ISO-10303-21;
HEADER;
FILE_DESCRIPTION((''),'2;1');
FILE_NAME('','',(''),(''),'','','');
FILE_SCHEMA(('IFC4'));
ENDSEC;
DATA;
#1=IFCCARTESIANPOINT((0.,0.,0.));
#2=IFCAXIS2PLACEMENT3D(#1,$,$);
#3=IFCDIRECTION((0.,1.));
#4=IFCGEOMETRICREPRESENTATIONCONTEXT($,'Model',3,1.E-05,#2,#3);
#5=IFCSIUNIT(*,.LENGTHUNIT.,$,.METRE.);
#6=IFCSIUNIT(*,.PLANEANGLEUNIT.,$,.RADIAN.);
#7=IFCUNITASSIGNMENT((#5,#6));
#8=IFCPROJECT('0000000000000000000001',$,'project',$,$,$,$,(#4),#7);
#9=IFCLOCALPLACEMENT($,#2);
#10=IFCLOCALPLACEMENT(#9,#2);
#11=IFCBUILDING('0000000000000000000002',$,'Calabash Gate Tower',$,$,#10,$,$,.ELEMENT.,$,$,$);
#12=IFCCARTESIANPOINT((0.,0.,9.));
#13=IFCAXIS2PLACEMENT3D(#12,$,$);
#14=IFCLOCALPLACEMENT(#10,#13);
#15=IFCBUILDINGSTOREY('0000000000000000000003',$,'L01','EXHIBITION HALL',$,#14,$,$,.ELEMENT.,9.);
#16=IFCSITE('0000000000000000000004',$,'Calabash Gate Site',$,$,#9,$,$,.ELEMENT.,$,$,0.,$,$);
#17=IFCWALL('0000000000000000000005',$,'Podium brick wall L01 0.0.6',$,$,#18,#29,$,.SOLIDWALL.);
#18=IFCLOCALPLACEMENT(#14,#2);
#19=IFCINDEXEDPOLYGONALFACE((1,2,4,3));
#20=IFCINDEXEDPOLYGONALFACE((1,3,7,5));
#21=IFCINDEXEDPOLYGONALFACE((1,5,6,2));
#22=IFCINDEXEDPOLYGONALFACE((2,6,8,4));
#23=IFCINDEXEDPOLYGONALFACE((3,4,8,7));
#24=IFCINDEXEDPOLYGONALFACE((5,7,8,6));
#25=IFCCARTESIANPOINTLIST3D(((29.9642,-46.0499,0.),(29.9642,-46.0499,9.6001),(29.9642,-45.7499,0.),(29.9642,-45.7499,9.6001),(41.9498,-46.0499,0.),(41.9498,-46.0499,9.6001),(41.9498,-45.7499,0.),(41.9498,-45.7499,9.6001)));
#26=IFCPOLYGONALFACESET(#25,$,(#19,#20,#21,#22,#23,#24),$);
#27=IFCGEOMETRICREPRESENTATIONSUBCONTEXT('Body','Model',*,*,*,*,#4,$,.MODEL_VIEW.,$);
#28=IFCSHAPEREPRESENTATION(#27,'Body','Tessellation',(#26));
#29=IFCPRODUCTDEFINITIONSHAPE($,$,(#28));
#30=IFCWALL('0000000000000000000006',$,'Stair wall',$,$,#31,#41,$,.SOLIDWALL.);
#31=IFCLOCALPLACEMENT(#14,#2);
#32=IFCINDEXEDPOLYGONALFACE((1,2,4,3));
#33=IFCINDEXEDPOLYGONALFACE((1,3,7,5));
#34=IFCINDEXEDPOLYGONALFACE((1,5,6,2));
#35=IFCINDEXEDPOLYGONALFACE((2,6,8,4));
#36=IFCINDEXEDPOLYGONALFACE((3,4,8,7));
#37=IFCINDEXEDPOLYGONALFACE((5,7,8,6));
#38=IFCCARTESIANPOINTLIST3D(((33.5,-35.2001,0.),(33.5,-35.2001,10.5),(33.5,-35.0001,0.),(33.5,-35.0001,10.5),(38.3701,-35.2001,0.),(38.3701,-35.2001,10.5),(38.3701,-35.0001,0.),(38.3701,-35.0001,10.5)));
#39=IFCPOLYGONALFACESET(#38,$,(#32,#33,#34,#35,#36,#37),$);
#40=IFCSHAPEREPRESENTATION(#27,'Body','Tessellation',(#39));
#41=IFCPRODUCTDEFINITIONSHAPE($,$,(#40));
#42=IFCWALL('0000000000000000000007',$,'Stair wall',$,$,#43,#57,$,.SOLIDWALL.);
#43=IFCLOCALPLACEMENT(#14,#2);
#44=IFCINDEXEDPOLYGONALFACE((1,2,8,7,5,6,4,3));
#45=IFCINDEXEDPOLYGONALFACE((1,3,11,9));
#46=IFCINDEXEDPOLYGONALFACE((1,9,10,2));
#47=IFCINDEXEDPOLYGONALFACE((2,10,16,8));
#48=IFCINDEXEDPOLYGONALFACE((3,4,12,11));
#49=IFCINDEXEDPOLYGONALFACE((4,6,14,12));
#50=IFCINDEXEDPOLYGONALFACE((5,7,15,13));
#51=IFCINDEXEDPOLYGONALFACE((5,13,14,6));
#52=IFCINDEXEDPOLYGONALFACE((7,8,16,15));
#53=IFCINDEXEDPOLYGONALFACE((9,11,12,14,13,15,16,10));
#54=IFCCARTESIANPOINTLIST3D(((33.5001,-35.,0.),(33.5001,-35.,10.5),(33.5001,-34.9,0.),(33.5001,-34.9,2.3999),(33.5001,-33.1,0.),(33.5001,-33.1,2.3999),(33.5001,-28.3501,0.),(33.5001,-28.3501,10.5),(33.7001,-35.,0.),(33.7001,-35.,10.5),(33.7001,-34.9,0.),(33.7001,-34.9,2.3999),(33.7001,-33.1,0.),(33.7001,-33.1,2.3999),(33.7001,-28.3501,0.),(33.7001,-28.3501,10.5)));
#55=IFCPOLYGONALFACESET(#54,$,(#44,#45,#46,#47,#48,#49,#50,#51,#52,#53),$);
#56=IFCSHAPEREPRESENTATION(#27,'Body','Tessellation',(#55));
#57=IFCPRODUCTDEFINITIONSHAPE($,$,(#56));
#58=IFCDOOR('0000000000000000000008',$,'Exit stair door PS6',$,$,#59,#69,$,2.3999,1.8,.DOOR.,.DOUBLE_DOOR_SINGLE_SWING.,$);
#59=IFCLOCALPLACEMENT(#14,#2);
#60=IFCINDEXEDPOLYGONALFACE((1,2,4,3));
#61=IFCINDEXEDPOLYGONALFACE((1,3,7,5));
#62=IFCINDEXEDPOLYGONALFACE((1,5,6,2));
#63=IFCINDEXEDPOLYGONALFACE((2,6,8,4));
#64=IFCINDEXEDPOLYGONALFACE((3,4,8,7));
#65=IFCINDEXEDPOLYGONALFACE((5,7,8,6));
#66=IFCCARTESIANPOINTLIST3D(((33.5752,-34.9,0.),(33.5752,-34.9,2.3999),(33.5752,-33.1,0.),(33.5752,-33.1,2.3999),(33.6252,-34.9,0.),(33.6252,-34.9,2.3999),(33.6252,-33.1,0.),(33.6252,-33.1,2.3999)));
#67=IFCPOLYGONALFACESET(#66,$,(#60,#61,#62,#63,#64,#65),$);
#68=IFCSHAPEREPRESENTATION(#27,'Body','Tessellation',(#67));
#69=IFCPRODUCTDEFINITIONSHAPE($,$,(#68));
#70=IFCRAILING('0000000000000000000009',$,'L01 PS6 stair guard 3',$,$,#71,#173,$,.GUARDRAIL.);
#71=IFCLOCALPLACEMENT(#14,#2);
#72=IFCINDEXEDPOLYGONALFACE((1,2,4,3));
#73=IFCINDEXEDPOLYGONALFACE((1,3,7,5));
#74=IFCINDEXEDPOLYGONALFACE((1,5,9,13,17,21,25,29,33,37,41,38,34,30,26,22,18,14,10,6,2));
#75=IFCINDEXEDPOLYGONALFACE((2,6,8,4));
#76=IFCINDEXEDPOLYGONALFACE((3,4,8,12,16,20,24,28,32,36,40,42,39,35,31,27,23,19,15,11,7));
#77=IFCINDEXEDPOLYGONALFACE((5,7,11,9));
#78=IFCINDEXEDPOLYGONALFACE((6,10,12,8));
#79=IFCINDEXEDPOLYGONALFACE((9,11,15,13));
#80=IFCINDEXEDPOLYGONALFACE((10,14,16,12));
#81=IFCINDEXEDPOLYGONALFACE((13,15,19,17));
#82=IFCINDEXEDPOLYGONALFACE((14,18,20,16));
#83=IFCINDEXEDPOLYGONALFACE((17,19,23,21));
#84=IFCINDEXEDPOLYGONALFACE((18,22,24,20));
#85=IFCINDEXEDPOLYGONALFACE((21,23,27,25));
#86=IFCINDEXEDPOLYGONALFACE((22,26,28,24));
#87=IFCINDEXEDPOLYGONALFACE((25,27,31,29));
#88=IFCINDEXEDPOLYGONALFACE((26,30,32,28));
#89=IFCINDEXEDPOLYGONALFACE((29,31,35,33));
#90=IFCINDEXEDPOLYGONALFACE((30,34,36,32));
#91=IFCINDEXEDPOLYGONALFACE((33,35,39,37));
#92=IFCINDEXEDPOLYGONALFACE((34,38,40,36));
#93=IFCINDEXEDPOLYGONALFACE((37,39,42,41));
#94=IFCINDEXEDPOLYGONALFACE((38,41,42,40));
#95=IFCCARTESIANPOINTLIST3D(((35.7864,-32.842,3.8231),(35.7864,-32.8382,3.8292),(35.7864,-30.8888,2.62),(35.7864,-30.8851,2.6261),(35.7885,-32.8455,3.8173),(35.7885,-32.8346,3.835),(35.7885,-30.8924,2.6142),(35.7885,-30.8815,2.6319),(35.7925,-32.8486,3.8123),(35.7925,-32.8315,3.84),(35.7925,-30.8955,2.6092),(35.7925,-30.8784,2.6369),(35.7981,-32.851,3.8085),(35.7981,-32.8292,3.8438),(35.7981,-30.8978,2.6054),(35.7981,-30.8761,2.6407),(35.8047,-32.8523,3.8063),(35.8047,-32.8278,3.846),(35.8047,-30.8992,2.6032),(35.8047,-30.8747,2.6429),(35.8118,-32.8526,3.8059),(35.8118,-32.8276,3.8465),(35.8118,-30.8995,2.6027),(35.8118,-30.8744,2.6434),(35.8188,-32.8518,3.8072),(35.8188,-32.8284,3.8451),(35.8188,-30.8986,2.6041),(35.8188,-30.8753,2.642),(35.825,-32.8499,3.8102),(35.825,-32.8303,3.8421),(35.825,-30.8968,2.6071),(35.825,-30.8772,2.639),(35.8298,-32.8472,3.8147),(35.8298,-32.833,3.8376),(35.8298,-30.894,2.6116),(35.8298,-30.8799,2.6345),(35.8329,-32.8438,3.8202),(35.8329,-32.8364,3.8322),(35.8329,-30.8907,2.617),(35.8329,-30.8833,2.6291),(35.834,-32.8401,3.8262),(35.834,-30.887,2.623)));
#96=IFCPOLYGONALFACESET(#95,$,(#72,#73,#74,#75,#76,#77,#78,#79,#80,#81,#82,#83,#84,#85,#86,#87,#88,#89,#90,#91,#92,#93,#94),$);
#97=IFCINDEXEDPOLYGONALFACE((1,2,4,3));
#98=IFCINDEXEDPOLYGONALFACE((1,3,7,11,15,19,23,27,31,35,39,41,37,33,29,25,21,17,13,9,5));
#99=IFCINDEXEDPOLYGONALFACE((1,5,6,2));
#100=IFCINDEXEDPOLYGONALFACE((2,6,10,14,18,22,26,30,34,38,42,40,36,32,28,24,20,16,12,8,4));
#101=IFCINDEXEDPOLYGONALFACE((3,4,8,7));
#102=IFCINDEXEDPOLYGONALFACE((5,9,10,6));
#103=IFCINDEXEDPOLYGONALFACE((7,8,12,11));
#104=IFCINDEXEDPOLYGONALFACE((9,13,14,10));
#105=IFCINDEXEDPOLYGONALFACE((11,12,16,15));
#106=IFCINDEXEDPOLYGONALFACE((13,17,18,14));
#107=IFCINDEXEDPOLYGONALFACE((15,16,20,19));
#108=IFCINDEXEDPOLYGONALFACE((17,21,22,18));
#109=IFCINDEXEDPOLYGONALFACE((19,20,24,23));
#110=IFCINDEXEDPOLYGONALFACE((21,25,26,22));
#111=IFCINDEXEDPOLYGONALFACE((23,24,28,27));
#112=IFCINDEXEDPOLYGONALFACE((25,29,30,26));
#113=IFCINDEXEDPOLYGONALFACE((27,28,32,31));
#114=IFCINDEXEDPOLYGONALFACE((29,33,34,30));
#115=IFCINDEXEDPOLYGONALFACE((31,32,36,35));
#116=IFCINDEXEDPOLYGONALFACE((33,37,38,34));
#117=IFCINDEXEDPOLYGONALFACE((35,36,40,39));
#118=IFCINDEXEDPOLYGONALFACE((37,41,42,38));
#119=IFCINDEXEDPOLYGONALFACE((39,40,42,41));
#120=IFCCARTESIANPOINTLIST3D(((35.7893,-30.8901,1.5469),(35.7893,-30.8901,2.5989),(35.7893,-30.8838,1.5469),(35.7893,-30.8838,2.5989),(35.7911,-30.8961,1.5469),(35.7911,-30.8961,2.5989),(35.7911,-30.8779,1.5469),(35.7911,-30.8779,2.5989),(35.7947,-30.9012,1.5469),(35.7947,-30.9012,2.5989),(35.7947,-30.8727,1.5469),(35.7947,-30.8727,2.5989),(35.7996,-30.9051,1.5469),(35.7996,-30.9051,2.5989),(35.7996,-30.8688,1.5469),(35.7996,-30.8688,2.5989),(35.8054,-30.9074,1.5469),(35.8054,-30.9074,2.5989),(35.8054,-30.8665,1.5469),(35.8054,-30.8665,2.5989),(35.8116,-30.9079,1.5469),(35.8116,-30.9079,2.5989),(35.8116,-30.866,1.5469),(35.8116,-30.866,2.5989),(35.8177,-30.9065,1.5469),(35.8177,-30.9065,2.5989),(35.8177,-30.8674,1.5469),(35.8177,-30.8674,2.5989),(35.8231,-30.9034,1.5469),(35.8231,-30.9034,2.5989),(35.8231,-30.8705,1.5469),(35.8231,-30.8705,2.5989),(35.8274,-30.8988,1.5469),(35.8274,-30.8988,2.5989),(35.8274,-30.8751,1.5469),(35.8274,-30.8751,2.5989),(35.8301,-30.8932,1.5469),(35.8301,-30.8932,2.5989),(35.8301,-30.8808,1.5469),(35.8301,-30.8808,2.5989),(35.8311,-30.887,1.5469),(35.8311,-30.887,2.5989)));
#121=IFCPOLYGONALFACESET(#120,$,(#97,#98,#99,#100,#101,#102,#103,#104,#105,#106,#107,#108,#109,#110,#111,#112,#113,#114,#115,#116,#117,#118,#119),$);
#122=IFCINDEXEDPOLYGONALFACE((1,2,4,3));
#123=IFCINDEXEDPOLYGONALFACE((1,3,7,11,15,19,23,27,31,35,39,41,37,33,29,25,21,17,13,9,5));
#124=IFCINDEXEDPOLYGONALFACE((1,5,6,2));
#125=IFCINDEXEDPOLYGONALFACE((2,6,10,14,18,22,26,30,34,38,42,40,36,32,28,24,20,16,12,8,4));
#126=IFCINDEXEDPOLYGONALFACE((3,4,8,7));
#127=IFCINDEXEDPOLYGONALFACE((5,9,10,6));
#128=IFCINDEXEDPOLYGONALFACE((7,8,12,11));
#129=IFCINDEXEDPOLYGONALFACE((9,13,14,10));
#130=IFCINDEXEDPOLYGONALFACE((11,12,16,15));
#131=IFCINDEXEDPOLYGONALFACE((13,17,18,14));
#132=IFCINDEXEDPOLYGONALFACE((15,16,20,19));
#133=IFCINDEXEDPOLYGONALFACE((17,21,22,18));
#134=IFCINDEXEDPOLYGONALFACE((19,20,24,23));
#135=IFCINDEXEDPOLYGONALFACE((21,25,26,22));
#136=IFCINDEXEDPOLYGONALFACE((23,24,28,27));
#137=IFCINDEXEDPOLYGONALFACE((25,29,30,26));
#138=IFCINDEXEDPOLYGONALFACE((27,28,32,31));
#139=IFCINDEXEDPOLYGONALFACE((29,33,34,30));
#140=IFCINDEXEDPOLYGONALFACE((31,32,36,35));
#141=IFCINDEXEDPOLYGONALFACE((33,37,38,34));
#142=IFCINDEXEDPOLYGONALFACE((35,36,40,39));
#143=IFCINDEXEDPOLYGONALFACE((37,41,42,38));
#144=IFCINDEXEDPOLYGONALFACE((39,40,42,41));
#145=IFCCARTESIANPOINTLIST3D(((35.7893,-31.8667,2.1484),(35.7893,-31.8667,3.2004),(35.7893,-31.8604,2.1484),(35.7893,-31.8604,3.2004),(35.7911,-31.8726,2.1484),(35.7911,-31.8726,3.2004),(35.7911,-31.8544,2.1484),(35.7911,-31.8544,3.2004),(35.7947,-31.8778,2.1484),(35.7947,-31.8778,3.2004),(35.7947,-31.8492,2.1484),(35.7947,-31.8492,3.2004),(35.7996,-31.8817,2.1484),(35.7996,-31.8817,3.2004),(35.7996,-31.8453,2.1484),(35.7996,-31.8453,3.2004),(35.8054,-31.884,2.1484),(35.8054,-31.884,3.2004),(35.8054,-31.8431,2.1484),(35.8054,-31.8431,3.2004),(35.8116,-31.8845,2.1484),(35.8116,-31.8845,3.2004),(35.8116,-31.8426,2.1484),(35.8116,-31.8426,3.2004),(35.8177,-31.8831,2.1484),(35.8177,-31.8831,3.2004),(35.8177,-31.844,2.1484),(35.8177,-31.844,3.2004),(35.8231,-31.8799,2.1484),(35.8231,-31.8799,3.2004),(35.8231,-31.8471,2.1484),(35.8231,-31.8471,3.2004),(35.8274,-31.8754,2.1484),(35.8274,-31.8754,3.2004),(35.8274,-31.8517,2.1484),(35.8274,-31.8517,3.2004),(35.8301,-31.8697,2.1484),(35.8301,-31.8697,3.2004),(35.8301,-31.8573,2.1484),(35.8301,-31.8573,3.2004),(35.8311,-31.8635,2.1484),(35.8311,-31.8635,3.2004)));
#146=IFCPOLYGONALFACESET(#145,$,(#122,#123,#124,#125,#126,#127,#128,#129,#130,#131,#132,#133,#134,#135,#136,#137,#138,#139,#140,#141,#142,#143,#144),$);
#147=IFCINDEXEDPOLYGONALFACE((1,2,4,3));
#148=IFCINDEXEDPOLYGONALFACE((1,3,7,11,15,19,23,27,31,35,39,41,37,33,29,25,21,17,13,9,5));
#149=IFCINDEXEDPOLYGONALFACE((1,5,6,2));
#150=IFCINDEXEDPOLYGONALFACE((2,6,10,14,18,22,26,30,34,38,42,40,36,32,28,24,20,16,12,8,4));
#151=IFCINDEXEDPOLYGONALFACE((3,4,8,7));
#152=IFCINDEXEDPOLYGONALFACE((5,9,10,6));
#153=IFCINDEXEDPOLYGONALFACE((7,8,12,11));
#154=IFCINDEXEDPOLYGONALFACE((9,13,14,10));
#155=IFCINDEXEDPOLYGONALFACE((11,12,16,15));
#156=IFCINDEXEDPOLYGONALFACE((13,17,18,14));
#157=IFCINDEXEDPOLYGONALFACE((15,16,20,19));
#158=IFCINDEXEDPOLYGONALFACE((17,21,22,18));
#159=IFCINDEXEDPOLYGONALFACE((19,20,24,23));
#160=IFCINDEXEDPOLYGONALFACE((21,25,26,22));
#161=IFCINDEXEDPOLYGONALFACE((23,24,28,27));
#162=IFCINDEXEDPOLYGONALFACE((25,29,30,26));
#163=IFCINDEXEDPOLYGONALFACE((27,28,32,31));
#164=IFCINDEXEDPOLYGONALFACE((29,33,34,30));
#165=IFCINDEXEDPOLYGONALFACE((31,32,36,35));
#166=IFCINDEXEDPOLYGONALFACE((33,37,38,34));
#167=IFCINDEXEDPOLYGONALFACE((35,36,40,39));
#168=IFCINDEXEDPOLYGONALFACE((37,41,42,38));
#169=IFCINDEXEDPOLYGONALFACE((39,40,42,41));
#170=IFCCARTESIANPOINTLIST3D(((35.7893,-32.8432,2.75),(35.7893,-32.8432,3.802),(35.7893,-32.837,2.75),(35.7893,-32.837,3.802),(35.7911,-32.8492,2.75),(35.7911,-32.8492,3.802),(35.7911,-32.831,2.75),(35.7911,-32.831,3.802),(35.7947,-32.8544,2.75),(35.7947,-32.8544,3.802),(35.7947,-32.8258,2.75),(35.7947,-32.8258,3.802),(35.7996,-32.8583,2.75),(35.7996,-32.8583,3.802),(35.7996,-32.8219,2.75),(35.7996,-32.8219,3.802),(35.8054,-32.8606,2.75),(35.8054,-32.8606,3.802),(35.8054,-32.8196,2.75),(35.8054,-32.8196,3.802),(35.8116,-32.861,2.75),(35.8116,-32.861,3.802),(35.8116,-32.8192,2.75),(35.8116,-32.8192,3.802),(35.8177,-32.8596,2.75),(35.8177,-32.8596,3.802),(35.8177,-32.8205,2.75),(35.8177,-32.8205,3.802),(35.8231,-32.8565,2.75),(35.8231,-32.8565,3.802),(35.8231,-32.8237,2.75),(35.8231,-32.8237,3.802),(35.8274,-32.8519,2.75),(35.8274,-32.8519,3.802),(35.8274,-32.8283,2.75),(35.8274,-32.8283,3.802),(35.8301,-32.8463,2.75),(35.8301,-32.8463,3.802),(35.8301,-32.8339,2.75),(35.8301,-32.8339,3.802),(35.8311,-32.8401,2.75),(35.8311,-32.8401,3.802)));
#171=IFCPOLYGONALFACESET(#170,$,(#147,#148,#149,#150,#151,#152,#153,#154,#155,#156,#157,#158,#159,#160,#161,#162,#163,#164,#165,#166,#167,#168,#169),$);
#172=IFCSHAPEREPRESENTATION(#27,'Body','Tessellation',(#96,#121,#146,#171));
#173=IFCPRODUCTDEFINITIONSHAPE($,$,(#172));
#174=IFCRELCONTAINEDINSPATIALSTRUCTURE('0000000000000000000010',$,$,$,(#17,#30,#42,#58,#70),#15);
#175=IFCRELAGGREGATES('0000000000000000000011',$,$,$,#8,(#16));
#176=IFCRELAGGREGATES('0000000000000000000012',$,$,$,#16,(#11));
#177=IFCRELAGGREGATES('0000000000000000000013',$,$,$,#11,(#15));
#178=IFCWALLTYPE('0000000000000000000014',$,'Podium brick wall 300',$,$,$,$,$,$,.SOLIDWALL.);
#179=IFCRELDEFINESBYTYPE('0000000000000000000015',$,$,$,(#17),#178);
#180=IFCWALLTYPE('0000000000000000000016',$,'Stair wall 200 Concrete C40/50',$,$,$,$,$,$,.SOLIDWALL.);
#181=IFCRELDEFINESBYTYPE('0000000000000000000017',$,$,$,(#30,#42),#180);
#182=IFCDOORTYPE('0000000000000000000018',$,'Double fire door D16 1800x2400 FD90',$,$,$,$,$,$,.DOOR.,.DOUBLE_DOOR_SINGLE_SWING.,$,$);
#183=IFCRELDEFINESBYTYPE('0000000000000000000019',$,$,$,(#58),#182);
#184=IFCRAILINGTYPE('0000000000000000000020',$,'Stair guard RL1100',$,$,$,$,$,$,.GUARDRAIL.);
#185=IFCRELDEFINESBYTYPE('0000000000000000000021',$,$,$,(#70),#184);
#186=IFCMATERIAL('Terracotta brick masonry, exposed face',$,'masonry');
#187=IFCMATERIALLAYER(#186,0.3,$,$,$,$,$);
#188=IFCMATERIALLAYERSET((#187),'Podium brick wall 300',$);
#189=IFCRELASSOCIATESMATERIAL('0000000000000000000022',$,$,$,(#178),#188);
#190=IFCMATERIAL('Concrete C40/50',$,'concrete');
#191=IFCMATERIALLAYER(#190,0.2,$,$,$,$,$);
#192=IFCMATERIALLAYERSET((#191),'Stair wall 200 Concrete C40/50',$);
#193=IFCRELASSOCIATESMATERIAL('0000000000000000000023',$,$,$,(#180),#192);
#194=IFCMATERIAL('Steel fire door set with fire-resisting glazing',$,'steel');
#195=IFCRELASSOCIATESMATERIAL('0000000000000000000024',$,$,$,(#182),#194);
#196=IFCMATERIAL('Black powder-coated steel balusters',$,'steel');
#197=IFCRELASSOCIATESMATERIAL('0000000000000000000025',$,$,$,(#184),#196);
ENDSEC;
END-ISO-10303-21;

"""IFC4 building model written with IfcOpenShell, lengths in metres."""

from ifc_helpers import new_model, si_unit, direction, frame, frame_2d, origin, origin_2d, place, context, subcontext, project, spatial, rectangle, circle, extrude, material, layer, layer_set, type_object, element, fill, save


model = new_model("IFC4")

# Units and contexts
model_context = context("Model", 3, precision=1e-05, world=origin(), true_north=direction((0.0, 1.0)))
body_context = subcontext(model_context, "Body", "Model", "MODEL_VIEW")
ifc_project = project(units=[si_unit("LENGTHUNIT", "METRE"), si_unit("PLANEANGLEUNIT", "RADIAN")], contexts=[model_context])

# Site, building, storey
site_placement = place(None, origin())
site = spatial("IfcSite", under=ifc_project, at=site_placement, Name="Calabash Gate Site", CompositionType="ELEMENT", RefElevation=0.0)
building_placement = place(site_placement, origin())
building = spatial("IfcBuilding", under=site, at=building_placement, Name="Calabash Gate Tower", CompositionType="ELEMENT")
storey_placement = place(building_placement, frame((0.0, 0.0, 9.0)))
storey = spatial("IfcBuildingStorey", under=building, at=storey_placement, Name="L01", Description="EXHIBITION HALL", CompositionType="ELEMENT", Elevation=9.0)

# Walls
ifc_material_1 = material(Name="Terracotta brick masonry, exposed face", Category="masonry")
ifc_layer_1 = layer(ifc_material_1, 0.3)
ifc_layer_set_1 = layer_set([ifc_layer_1], Name="Podium brick wall 300")
wall_type_1 = type_object("IfcWallType", Name="Podium brick wall 300", PredefinedType="SOLIDWALL", material=ifc_layer_set_1)
wall_1_placement = place(storey_placement, frame((29.9644, -45.8999, 0.0), z_axis=(0.0, 0.0, 1.0), x_axis=(1.0, 0.0, 0.0)))
element("IfcWall", 1, at=wall_1_placement, inside=storey, type_object=wall_type_1, Name="Podium brick wall L01 0.0.6", PredefinedType="SOLIDWALL", context=body_context, shape_type="SweptSolid", body=[
    extrude(rectangle(XDim=11.9856, YDim=0.3, at=frame_2d((5.9927, 0.0))), origin(), (0.0, 0.0, 1.0), 9.6001),
])
ifc_material_2 = material(Name="Concrete C40/50", Category="concrete")
ifc_layer_2 = layer(ifc_material_2, 0.2)
ifc_layer_set_2 = layer_set([ifc_layer_2], Name="Stair wall 200 Concrete C40/50")
wall_type_2 = type_object("IfcWallType", Name="Stair wall 200 Concrete C40/50", PredefinedType="SOLIDWALL", material=ifc_layer_set_2)
wall_2_placement = place(storey_placement, frame((33.5, -35.1001, 0.0), z_axis=(0.0, 0.0, 1.0), x_axis=(1.0, 0.0, 0.0)))
element("IfcWall", 2, at=wall_2_placement, inside=storey, type_object=wall_type_2, Name="Stair wall", PredefinedType="SOLIDWALL", context=body_context, shape_type="SweptSolid", body=[
    extrude(rectangle(XDim=4.8701, YDim=0.2, at=frame_2d((2.4351, 0.0))), origin(), (0.0, 0.0, 1.0), 10.5),
])

# Wall, opening, door
wall_3_placement = place(storey_placement, frame((33.6001, -35.0, 0.0), z_axis=(0.0, 0.0, 1.0), x_axis=(0.0, 1.0, 0.0)))
wall_3 = element("IfcWall", 3, at=wall_3_placement, inside=storey, type_object=wall_type_2, Name="Stair wall", PredefinedType="SOLIDWALL", context=body_context, shape_type="SweptSolid", body=[
    extrude(rectangle(XDim=6.6499, YDim=0.2, at=frame_2d((3.325, 0.0))), origin(), (0.0, 0.0, 1.0), 10.5),
])
opening_1_placement = place(wall_3_placement, frame((0.1001, 0.0, 0.0)))
opening_1 = element("IfcOpeningElement", 4, at=opening_1_placement, cuts=wall_3, PredefinedType="OPENING", context=body_context, shape_type="SweptSolid", body=[
    extrude(rectangle(XDim=1.8, YDim=2.3999, at=frame_2d((0.8999, 1.2))), frame((0.0, 0.1099, 0.0), z_axis=(0.0, -1.0, 0.0), x_axis=(1.0, 0.0, 0.0)), (0.0, 0.0, 1.0), 0.22),
])
ifc_material_3 = material(Name="Steel fire door set with fire-resisting glazing", Category="steel")
door_type_1 = type_object("IfcDoorType", Name="Double fire door D16 1800x2400 FD90", OperationType="DOUBLE_DOOR_SINGLE_SWING", PredefinedType="DOOR", material=ifc_material_3)
door_1_placement = place(opening_1_placement, origin())
door_1 = element("IfcDoor", 5, at=door_1_placement, inside=storey, type_object=door_type_1, Name="Exit stair door PS6", OperationType="DOUBLE_DOOR_SINGLE_SWING", OverallHeight=2.3999, OverallWidth=1.8, PredefinedType="DOOR", context=body_context, shape_type="SweptSolid", body=[
    extrude(rectangle(XDim=1.8, YDim=2.3999, at=frame_2d((0.8999, 1.2))), frame((0.0, 0.0249, 0.0), z_axis=(0.0, -1.0, 0.0), x_axis=(1.0, 0.0, 0.0)), (0.0, 0.0, 1.0), 0.05),
])
fill(opening_1, door_1)

# Railing
ifc_material_4 = material(Name="Black powder-coated steel balusters", Category="steel")
railing_type_1 = type_object("IfcRailingType", Name="Stair guard RL1100", PredefinedType="GUARDRAIL", material=ifc_material_4)
railing_1_placement = place(storey_placement, frame((35.8101, -30.887, 1.5469)))
element("IfcRailing", 6, at=railing_1_placement, inside=storey, type_object=railing_type_1, Name="L01 PS6 stair guard 3", PredefinedType="GUARDRAIL", context=body_context, shape_type="SweptSolid", body=[
    extrude(circle(Radius=0.0239, at=origin_2d()), frame((0.0, 0.0, 1.0762), z_axis=(0.0, -0.851424, 0.524477), x_axis=(1.0, 0.0, 0.0)), (0.0, 0.0, 1.0), 2.2939),
    extrude(circle(Radius=0.021, at=origin_2d()), origin(), (0.0, 0.0, 1.0), 1.052),
    extrude(circle(Radius=0.021, at=origin_2d()), frame((0.0, -0.9766, 0.6016)), (0.0, 0.0, 1.0), 1.052),
    extrude(circle(Radius=0.021, at=origin_2d()), frame((0.0, -1.9531, 1.2031)), (0.0, 0.0, 1.0), 1.052),
])

save(model, "model.ifc")
